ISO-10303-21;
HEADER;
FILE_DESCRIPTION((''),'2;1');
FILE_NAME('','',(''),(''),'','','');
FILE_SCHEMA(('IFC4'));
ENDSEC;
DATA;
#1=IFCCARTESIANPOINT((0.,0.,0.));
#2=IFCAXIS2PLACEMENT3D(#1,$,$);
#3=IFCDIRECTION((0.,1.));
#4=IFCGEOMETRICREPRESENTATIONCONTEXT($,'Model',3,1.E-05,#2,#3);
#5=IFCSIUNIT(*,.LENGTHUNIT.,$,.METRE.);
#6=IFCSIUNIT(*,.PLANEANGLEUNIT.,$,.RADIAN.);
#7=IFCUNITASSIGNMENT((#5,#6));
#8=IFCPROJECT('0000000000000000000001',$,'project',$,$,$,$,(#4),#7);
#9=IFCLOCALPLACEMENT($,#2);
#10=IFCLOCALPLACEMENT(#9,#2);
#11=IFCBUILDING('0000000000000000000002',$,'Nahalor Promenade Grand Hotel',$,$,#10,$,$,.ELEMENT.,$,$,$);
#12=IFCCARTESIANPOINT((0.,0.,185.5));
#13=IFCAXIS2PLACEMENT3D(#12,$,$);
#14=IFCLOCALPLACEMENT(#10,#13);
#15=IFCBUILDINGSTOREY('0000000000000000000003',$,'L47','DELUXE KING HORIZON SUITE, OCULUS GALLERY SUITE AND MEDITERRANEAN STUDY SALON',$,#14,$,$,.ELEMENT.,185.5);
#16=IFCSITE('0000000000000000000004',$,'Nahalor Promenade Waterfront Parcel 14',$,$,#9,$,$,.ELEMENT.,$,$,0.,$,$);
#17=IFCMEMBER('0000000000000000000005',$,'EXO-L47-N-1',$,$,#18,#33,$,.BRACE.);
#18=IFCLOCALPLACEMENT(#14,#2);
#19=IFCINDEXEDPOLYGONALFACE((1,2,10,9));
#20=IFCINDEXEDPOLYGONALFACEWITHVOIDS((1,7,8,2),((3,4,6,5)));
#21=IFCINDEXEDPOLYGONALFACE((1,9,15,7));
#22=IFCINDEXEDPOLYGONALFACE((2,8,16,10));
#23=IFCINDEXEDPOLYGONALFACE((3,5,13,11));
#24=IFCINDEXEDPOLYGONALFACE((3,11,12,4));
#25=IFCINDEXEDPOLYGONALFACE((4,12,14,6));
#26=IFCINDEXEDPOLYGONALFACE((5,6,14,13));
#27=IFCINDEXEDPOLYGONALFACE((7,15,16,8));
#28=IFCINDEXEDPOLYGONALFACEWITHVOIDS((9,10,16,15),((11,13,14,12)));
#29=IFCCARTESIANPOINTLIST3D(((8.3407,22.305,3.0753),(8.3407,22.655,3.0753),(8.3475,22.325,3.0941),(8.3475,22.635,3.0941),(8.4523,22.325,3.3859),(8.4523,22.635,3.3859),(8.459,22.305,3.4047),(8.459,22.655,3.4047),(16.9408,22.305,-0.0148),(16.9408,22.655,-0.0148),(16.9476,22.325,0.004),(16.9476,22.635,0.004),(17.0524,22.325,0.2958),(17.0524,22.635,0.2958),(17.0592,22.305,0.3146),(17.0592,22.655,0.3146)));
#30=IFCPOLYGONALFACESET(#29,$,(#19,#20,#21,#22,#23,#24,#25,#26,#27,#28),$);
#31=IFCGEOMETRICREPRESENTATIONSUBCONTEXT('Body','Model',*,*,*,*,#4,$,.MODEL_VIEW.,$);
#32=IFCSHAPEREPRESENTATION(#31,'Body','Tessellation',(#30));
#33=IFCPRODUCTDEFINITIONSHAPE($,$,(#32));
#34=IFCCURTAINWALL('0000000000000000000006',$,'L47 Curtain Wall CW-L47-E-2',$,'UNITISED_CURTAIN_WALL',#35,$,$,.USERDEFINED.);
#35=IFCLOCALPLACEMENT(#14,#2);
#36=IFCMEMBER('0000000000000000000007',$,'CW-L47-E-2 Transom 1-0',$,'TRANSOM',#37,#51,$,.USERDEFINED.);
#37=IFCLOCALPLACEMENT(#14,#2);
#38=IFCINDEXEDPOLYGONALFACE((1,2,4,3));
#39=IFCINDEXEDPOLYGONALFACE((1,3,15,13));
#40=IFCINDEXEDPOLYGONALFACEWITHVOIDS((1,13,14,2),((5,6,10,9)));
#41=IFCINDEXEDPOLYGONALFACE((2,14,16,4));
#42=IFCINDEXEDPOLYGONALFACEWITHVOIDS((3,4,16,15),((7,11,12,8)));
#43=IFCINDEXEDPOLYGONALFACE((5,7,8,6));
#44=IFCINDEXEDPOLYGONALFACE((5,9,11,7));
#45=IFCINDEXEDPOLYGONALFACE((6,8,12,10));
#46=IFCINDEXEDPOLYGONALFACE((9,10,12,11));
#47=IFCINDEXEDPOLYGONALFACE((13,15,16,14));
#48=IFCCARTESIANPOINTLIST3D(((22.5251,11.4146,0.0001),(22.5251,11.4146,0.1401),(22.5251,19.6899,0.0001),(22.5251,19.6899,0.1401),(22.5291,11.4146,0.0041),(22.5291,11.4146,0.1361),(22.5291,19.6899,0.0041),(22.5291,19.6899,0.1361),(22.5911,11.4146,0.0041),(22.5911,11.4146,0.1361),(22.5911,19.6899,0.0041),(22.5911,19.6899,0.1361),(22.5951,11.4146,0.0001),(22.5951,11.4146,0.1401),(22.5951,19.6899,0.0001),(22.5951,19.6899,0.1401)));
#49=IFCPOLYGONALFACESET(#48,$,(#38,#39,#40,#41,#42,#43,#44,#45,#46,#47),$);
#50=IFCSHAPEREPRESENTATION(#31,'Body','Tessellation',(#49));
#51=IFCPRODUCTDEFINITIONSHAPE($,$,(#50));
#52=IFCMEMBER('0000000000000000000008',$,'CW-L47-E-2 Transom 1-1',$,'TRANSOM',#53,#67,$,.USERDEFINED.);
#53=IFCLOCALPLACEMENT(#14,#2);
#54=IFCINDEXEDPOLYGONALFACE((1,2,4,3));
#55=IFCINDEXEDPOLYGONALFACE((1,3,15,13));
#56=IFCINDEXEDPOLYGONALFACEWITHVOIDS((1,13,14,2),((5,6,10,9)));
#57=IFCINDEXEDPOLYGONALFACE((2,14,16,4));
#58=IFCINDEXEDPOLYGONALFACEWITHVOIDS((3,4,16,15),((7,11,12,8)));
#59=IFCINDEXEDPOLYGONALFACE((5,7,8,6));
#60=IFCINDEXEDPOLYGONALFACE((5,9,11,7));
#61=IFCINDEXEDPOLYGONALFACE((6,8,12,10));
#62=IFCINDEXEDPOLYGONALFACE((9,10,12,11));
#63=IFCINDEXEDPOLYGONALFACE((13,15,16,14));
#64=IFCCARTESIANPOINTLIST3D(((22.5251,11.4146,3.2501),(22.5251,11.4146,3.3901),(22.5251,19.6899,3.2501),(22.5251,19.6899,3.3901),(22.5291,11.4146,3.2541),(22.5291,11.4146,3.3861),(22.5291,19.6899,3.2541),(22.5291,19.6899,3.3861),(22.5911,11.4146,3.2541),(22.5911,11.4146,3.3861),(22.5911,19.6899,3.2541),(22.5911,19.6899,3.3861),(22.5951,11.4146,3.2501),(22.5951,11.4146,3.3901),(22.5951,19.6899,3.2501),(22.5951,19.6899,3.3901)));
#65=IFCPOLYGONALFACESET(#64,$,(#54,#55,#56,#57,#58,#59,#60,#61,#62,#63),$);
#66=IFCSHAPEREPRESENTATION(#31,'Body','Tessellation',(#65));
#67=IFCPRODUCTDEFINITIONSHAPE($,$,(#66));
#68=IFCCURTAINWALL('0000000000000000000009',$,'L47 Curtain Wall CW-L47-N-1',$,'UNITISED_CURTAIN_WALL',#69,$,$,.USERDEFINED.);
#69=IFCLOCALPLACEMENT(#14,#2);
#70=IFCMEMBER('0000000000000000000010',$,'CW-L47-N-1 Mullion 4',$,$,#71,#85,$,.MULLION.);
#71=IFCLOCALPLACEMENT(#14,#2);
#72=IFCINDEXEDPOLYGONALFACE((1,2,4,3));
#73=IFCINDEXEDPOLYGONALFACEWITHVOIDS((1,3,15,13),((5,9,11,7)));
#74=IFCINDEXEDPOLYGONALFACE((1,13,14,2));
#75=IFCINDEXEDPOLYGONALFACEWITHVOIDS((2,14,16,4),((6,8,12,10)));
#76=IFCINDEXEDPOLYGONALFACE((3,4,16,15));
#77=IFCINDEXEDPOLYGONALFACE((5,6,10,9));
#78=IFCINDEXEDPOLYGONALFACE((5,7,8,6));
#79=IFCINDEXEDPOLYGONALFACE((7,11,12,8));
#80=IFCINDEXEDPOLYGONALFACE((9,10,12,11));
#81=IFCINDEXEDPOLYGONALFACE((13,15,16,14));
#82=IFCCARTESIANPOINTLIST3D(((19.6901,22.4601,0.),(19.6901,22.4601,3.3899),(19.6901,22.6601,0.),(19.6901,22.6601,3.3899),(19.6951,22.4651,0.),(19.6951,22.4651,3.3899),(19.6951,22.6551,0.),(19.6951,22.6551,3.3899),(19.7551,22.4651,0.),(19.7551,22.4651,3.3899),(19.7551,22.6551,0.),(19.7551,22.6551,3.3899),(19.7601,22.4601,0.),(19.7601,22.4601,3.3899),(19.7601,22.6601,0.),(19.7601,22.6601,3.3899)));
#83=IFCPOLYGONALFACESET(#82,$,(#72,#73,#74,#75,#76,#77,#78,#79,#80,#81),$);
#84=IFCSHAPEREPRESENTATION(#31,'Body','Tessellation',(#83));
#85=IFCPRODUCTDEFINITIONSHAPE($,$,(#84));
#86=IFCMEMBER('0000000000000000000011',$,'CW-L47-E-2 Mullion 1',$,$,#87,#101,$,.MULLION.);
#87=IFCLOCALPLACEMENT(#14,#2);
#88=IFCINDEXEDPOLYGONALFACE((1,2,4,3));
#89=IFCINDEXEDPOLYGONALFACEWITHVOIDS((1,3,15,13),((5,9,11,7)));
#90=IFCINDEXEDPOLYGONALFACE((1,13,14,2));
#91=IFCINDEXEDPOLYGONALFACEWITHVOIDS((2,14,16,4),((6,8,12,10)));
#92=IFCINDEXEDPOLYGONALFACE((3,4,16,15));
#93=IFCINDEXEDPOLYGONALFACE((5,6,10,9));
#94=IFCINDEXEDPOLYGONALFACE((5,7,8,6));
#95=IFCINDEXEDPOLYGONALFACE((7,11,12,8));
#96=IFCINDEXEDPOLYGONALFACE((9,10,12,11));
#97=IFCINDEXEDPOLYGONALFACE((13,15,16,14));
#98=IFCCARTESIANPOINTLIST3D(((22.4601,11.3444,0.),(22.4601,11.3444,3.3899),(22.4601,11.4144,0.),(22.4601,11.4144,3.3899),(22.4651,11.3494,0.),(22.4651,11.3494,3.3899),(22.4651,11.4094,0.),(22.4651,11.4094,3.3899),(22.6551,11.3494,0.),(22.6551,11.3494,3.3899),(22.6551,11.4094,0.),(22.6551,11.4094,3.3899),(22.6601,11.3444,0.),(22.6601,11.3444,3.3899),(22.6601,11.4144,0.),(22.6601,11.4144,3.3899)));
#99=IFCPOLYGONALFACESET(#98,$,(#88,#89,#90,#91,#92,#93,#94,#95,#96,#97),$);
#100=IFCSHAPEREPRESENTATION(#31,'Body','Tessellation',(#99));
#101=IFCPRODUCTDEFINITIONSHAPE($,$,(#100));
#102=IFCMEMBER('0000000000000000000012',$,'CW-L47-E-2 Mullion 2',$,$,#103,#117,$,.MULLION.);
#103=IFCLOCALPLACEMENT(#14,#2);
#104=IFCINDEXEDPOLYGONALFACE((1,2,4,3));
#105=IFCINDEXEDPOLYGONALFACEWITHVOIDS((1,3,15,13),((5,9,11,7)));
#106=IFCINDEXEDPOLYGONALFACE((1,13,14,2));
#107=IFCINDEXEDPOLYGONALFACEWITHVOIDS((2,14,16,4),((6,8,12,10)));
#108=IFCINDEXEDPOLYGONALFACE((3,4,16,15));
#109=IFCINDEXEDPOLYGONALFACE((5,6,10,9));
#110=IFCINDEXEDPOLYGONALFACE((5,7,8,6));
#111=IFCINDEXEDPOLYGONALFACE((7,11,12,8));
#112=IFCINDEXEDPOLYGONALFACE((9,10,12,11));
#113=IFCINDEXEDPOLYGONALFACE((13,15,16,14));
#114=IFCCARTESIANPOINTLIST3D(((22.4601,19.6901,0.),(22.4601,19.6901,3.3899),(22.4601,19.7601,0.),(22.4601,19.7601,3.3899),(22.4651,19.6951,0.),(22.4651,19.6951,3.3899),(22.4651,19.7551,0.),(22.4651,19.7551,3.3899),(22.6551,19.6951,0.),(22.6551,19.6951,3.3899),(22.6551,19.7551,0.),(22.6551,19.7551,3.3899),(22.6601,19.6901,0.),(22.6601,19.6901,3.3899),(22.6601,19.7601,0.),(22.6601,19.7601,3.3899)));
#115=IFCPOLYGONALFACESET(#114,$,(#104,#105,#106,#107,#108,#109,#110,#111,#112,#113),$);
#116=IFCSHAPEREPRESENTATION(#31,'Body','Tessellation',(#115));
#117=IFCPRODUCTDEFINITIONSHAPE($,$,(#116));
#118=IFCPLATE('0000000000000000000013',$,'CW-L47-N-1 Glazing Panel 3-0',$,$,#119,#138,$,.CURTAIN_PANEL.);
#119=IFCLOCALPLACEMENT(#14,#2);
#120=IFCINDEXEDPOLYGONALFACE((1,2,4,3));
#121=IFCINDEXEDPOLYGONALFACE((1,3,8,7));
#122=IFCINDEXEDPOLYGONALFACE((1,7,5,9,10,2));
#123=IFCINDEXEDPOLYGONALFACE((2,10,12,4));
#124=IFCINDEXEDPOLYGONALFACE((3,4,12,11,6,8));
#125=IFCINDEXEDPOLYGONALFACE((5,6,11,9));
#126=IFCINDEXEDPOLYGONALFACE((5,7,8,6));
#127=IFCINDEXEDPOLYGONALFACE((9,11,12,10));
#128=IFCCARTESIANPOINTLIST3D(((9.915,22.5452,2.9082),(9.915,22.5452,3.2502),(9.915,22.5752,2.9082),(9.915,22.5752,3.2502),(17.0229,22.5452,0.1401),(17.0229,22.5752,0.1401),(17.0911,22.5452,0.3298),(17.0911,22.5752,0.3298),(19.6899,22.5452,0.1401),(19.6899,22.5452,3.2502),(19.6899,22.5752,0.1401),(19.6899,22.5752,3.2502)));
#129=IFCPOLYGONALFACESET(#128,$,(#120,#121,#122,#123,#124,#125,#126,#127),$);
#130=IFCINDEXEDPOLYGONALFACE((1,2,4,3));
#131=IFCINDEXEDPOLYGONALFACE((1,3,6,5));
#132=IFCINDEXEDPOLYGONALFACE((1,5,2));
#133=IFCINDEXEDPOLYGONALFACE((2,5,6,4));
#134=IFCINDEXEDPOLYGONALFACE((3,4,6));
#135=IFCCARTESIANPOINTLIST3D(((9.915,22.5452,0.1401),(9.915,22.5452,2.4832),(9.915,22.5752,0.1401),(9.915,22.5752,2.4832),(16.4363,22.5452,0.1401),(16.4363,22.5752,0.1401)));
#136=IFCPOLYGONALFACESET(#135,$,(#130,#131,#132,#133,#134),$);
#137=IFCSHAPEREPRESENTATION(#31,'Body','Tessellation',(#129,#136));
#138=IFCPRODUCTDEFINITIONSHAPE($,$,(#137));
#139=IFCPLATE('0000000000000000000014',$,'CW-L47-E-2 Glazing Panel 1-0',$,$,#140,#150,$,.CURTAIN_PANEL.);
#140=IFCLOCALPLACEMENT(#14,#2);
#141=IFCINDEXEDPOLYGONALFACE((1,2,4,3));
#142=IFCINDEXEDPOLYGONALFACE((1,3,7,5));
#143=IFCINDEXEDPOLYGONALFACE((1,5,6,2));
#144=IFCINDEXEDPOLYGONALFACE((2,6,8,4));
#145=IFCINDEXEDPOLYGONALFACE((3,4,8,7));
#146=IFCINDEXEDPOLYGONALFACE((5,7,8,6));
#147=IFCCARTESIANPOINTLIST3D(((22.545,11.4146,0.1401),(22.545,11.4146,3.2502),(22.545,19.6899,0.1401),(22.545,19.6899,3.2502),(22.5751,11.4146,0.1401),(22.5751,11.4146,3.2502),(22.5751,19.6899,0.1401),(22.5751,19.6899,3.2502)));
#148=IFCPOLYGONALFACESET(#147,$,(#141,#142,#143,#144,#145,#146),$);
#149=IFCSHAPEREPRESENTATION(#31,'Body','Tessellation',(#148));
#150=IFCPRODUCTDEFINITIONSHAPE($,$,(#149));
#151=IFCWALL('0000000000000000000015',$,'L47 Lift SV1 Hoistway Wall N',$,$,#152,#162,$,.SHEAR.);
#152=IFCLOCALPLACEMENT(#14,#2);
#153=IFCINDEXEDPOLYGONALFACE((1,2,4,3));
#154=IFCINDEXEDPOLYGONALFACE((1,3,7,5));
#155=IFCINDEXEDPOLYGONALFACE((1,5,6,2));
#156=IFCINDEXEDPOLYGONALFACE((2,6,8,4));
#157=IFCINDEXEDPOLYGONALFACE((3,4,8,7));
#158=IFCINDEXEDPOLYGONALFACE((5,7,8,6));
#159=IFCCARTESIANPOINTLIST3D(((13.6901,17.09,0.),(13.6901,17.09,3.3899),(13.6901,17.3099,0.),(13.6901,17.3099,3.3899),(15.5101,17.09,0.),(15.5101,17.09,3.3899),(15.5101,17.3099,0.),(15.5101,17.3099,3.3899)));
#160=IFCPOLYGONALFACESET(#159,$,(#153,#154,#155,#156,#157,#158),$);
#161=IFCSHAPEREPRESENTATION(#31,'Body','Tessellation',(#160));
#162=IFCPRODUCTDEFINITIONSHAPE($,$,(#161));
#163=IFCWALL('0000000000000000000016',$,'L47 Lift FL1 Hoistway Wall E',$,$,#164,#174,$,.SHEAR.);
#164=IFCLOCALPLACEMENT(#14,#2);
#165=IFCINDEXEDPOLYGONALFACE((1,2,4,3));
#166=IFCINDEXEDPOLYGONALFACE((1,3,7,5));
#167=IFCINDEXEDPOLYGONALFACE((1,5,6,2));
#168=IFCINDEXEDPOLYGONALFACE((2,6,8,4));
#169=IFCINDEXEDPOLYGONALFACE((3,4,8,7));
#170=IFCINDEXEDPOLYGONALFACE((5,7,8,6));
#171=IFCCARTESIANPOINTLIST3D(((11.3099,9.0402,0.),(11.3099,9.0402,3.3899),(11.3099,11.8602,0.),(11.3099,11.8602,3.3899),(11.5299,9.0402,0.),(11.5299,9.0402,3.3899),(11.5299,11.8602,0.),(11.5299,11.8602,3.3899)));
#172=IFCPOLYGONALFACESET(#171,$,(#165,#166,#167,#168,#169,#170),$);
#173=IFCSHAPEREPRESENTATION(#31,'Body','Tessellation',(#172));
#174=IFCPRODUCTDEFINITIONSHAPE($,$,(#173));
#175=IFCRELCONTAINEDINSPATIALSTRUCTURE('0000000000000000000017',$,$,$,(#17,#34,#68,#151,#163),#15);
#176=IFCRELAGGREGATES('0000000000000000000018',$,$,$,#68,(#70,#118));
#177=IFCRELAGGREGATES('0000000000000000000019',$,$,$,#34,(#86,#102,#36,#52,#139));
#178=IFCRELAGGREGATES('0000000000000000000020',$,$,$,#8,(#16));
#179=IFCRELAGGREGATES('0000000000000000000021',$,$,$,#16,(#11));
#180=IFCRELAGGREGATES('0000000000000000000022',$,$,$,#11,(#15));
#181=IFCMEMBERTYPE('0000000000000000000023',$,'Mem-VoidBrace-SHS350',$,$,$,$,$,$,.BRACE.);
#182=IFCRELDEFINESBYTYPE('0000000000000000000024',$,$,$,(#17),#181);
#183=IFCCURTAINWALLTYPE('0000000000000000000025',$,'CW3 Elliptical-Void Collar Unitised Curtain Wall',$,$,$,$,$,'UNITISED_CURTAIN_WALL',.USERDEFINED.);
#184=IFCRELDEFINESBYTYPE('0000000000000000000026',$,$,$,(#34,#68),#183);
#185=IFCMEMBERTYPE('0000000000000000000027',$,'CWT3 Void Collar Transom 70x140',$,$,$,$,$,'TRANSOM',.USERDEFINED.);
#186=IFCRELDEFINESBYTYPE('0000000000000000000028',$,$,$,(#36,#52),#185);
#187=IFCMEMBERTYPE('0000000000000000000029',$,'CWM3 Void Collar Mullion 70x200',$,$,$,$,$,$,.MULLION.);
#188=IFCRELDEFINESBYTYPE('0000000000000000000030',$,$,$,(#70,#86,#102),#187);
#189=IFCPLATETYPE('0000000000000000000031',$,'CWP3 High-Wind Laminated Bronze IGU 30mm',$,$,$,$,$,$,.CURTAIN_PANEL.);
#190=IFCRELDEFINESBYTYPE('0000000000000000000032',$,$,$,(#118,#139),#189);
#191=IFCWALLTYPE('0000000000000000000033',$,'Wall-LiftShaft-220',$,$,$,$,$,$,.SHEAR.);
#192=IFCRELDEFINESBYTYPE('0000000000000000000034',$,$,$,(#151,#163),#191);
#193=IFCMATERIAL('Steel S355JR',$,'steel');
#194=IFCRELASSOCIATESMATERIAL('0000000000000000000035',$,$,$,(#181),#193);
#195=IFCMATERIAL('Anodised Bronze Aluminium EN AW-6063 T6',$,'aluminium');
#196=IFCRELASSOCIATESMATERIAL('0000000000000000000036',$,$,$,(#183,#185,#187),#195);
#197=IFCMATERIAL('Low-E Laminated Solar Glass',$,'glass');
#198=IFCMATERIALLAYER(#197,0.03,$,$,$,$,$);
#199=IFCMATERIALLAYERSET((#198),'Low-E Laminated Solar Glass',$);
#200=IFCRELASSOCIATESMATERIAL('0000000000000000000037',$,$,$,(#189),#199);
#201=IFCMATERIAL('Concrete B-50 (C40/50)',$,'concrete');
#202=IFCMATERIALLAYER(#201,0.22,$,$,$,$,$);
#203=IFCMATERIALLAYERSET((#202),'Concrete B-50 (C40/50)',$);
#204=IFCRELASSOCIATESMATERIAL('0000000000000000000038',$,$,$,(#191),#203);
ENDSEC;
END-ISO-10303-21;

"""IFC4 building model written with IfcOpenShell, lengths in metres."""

from ifc_helpers import new_model, si_unit, direction, frame, frame_2d, origin, origin_2d, place, context, subcontext, project, spatial, polyline, rectangle, hollow_rectangle, outline, extrude, source, transform, mapped, material, layer, layer_set, material_profile, profile_set, type_object, element, aggregate, save


model = new_model("IFC4")

# Units and contexts
model_context = context("Model", 3, precision=1e-05, world=origin(), true_north=direction((0.0, 1.0)))
body_context = subcontext(model_context, "Body", "Model", "MODEL_VIEW")
ifc_project = project(units=[si_unit("LENGTHUNIT", "METRE"), si_unit("PLANEANGLEUNIT", "RADIAN")], contexts=[model_context])

# Site, building, storey
site_placement = place(None, origin())
site = spatial("IfcSite", under=ifc_project, at=site_placement, Name="Nahalor Promenade Waterfront Parcel 14", CompositionType="ELEMENT", RefElevation=0.0)
building_placement = place(site_placement, origin())
building = spatial("IfcBuilding", under=site, at=building_placement, Name="Nahalor Promenade Grand Hotel", CompositionType="ELEMENT")
storey_placement = place(building_placement, frame((0.0, 0.0, 185.5)))
storey = spatial("IfcBuildingStorey", under=building, at=storey_placement, Name="L47", Description="DELUXE KING HORIZON SUITE, OCULUS GALLERY SUITE AND MEDITERRANEAN STUDY SALON", CompositionType="ELEMENT", Elevation=185.5)

# Shared definitions
ifc_material_1 = material(Name="Steel S355JR", Category="steel")

# Member
ifc_material_profile_1 = material_profile(ifc_material_1, hollow_rectangle(XDim=0.35, YDim=0.35, WallThickness=0.02, at=origin_2d()), Name="SHS 350x350x20")
ifc_profile_set_1 = profile_set([ifc_material_profile_1], Name="Steel S355JR")
member_type_1 = type_object("IfcMemberType", Name="Mem-VoidBrace-SHS350", PredefinedType="BRACE", material=ifc_profile_set_1)
shared_shape_1 = source(origin(), body_context, "Body", "SweptSolid", [
    extrude(hollow_rectangle(XDim=0.35, YDim=0.35, WallThickness=0.02, at=origin_2d()), origin(), (0.0, 0.0, 1.0), 9.1384),
])
member_1_placement = place(storey_placement, frame((17.0, 22.48, 0.1499), z_axis=(-0.941095, 0.0, 0.338143), x_axis=(0.0, -1.0, 0.0)))
element("IfcMember", 1, at=member_1_placement, inside=storey, type_object=member_type_1, Name="EXO-L47-N-1", PredefinedType="BRACE", context=body_context, shape_type="MappedRepresentation", body=[
    mapped(shared_shape_1, transform((0.0, 0.0, 0.0), scale=1.0)),
])

# Curtain wall, members
ifc_material_2 = material(Name="Anodised Bronze Aluminium EN AW-6063 T6", Category="aluminium")
curtain_wall_type = type_object("IfcCurtainWallType", Name="CW3 Elliptical-Void Collar Unitised Curtain Wall", ElementType="UNITISED_CURTAIN_WALL", PredefinedType="USERDEFINED", material=ifc_material_2)
curtain_wall_1_placement = place(storey_placement, origin())
curtain_wall_1 = element("IfcCurtainWall", 2, at=curtain_wall_1_placement, inside=storey, type_object=curtain_wall_type, Name="L47 Curtain Wall CW-L47-E-2", ObjectType="UNITISED_CURTAIN_WALL", PredefinedType="USERDEFINED")
ifc_material_profile_2 = material_profile(ifc_material_2, hollow_rectangle(XDim=0.07, YDim=0.14, WallThickness=0.004, at=origin_2d()), Name="CWT 70x140x4")
ifc_profile_set_2 = profile_set([ifc_material_profile_2], Name="Anodised Bronze Aluminium EN AW-6063 T6")
member_type_2 = type_object("IfcMemberType", Name="CWT3 Void Collar Transom 70x140", ElementType="TRANSOM", PredefinedType="USERDEFINED", material=ifc_profile_set_2)
shared_shape_2 = source(origin(), body_context, "Body", "SweptSolid", [
    extrude(hollow_rectangle(XDim=0.07, YDim=0.14, WallThickness=0.004, at=origin_2d()), origin(), (0.0, 0.0, 1.0), 8.2754),
])
member_2_placement = place(storey_placement, frame((22.5601, 11.4146, 0.0701), z_axis=(0.0, 1.0, 0.0), x_axis=(-1.0, 0.0, 0.0)))
member_2 = element("IfcMember", 3, at=member_2_placement, type_object=member_type_2, Name="CW-L47-E-2 Transom 1-0", ObjectType="TRANSOM", PredefinedType="USERDEFINED", context=body_context, shape_type="MappedRepresentation", body=[
    mapped(shared_shape_2, transform((0.0, 0.0, 0.0), scale=1.0)),
])
member_3_placement = place(storey_placement, frame((22.5601, 11.4146, 3.3201), z_axis=(0.0, 1.0, 0.0), x_axis=(-1.0, 0.0, 0.0)))
member_3 = element("IfcMember", 4, at=member_3_placement, type_object=member_type_2, Name="CW-L47-E-2 Transom 1-1", ObjectType="TRANSOM", PredefinedType="USERDEFINED", context=body_context, shape_type="MappedRepresentation", body=[
    mapped(shared_shape_2, transform((0.0, 0.0, 0.0), scale=1.0)),
])

# Curtain wall, member
curtain_wall_2_placement = place(storey_placement, origin())
curtain_wall_2 = element("IfcCurtainWall", 5, at=curtain_wall_2_placement, inside=storey, type_object=curtain_wall_type, Name="L47 Curtain Wall CW-L47-N-1", ObjectType="UNITISED_CURTAIN_WALL", PredefinedType="USERDEFINED")
ifc_material_profile_3 = material_profile(ifc_material_2, hollow_rectangle(XDim=0.07, YDim=0.2, WallThickness=0.005, at=origin_2d()), Name="CWM 70x200x5")
ifc_profile_set_3 = profile_set([ifc_material_profile_3], Name="Anodised Bronze Aluminium EN AW-6063 T6")
member_type_3 = type_object("IfcMemberType", Name="CWM3 Void Collar Mullion 70x200", PredefinedType="MULLION", material=ifc_profile_set_3)
shared_shape_3 = source(origin(), body_context, "Body", "SweptSolid", [
    extrude(hollow_rectangle(XDim=0.07, YDim=0.2, WallThickness=0.005, at=origin_2d()), origin(), (0.0, 0.0, 1.0), 3.3899),
])
member_4_placement = place(storey_placement, frame((19.7251, 22.5601, 0.0), z_axis=(0.0, 0.0, 1.0), x_axis=(1.0, 0.0, 0.0)))
member_4 = element("IfcMember", 6, at=member_4_placement, type_object=member_type_3, Name="CW-L47-N-1 Mullion 4", PredefinedType="MULLION", context=body_context, shape_type="MappedRepresentation", body=[
    mapped(shared_shape_3, transform((0.0, 0.0, 0.0), scale=1.0)),
])

# Members
member_5_placement = place(storey_placement, frame((22.5601, 11.3794, 0.0), z_axis=(0.0, 0.0, 1.0), x_axis=(0.0, 1.0, 0.0)))
member_5 = element("IfcMember", 7, at=member_5_placement, type_object=member_type_3, Name="CW-L47-E-2 Mullion 1", PredefinedType="MULLION", context=body_context, shape_type="MappedRepresentation", body=[
    mapped(shared_shape_3, transform((0.0, 0.0, 0.0), scale=1.0)),
])
member_6_placement = place(storey_placement, frame((22.5601, 19.7251, 0.0), z_axis=(0.0, 0.0, 1.0), x_axis=(0.0, 1.0, 0.0)))
member_6 = element("IfcMember", 8, at=member_6_placement, type_object=member_type_3, Name="CW-L47-E-2 Mullion 2", PredefinedType="MULLION", context=body_context, shape_type="MappedRepresentation", body=[
    mapped(shared_shape_3, transform((0.0, 0.0, 0.0), scale=1.0)),
])

# Plates
ifc_material_3 = material(Name="Low-E Laminated Solar Glass", Category="glass")
ifc_layer_1 = layer(ifc_material_3, 0.03)
ifc_layer_set_1 = layer_set([ifc_layer_1], Name="Low-E Laminated Solar Glass")
plate_type = type_object("IfcPlateType", Name="CWP3 High-Wind Laminated Bronze IGU 30mm", PredefinedType="CURTAIN_PANEL", material=ifc_layer_set_1)
plate_1_placement = place(storey_placement, frame((14.8025, 22.5601, 0.1401), z_axis=(0.0, 0.0, 1.0), x_axis=(1.0, 0.0, 0.0)))
plate_1 = element("IfcPlate", 9, at=plate_1_placement, type_object=plate_type, Name="CW-L47-N-1 Glazing Panel 3-0", PredefinedType="CURTAIN_PANEL", context=body_context, shape_type="SweptSolid", body=[
    extrude(outline(polyline([(4.8875, 3.1101), (-4.8875, 3.1101), (-4.8875, 2.7681), (2.2886, 0.1897), (2.2205, 0.0), (4.8875, 0.0), (4.8875, 3.1101)])), frame((0.0, 0.0151, 0.0), z_axis=(0.0, -1.0, 0.0), x_axis=(1.0, 0.0, 0.0)), (0.0, 0.0, 1.0), 0.03),
    extrude(outline(polyline([(-4.8875, 2.343), (-4.8875, 0.0), (1.6338, 0.0), (-4.8875, 2.343)])), frame((0.0, 0.0151, 0.0), z_axis=(0.0, -1.0, 0.0), x_axis=(1.0, 0.0, 0.0)), (0.0, 0.0, 1.0), 0.03),
])
aggregate(curtain_wall_2, [member_4, plate_1])
shared_shape_4 = source(origin(), body_context, "Body", "SweptSolid", [
    extrude(rectangle(XDim=8.2754, YDim=0.03, at=origin_2d()), origin(), (0.0, 0.0, 1.0), 3.1101),
])
plate_2_placement = place(storey_placement, frame((22.5601, 15.5522, 0.1401), z_axis=(0.0, 0.0, 1.0), x_axis=(0.0, 1.0, 0.0)))
plate_2 = element("IfcPlate", 10, at=plate_2_placement, type_object=plate_type, Name="CW-L47-E-2 Glazing Panel 1-0", PredefinedType="CURTAIN_PANEL", context=body_context, shape_type="MappedRepresentation", body=[
    mapped(shared_shape_4, transform((0.0, 0.0, 0.0), scale=1.0)),
])
aggregate(curtain_wall_1, [member_5, member_6, member_2, member_3, plate_2])

# Walls
ifc_material_4 = material(Name="Concrete B-50 (C40/50)", Category="concrete")
ifc_layer_2 = layer(ifc_material_4, 0.22)
ifc_layer_set_2 = layer_set([ifc_layer_2], Name="Concrete B-50 (C40/50)")
wall_type_1 = type_object("IfcWallType", Name="Wall-LiftShaft-220", PredefinedType="SHEAR", material=ifc_layer_set_2)
shared_shape_5 = source(origin(), body_context, "Body", "SweptSolid", [
    extrude(rectangle(XDim=1.8201, YDim=0.22, at=frame_2d((0.9102, 0.0))), origin(), (0.0, 0.0, 1.0), 3.3899),
])
wall_1_placement = place(storey_placement, frame((13.6899, 17.2, 0.0), z_axis=(0.0, 0.0, 1.0), x_axis=(1.0, 0.0, 0.0)))
element("IfcWall", 11, at=wall_1_placement, inside=storey, type_object=wall_type_1, Name="L47 Lift SV1 Hoistway Wall N", PredefinedType="SHEAR", context=body_context, shape_type="MappedRepresentation", body=[
    mapped(shared_shape_5, transform((0.0, 0.0, 0.0), scale=1.0)),
])
shared_shape_6 = source(origin(), body_context, "Body", "SweptSolid", [
    extrude(rectangle(XDim=2.8201, YDim=0.22, at=frame_2d((1.4102, 0.0))), origin(), (0.0, 0.0, 1.0), 3.3899),
])
wall_2_placement = place(storey_placement, frame((11.4199, 9.04, 0.0), z_axis=(0.0, 0.0, 1.0), x_axis=(0.0, 1.0, 0.0)))
element("IfcWall", 12, at=wall_2_placement, inside=storey, type_object=wall_type_1, Name="L47 Lift FL1 Hoistway Wall E", PredefinedType="SHEAR", context=body_context, shape_type="MappedRepresentation", body=[
    mapped(shared_shape_6, transform((0.0, 0.0, 0.0), scale=1.0)),
])

save(model, "model.ifc")
